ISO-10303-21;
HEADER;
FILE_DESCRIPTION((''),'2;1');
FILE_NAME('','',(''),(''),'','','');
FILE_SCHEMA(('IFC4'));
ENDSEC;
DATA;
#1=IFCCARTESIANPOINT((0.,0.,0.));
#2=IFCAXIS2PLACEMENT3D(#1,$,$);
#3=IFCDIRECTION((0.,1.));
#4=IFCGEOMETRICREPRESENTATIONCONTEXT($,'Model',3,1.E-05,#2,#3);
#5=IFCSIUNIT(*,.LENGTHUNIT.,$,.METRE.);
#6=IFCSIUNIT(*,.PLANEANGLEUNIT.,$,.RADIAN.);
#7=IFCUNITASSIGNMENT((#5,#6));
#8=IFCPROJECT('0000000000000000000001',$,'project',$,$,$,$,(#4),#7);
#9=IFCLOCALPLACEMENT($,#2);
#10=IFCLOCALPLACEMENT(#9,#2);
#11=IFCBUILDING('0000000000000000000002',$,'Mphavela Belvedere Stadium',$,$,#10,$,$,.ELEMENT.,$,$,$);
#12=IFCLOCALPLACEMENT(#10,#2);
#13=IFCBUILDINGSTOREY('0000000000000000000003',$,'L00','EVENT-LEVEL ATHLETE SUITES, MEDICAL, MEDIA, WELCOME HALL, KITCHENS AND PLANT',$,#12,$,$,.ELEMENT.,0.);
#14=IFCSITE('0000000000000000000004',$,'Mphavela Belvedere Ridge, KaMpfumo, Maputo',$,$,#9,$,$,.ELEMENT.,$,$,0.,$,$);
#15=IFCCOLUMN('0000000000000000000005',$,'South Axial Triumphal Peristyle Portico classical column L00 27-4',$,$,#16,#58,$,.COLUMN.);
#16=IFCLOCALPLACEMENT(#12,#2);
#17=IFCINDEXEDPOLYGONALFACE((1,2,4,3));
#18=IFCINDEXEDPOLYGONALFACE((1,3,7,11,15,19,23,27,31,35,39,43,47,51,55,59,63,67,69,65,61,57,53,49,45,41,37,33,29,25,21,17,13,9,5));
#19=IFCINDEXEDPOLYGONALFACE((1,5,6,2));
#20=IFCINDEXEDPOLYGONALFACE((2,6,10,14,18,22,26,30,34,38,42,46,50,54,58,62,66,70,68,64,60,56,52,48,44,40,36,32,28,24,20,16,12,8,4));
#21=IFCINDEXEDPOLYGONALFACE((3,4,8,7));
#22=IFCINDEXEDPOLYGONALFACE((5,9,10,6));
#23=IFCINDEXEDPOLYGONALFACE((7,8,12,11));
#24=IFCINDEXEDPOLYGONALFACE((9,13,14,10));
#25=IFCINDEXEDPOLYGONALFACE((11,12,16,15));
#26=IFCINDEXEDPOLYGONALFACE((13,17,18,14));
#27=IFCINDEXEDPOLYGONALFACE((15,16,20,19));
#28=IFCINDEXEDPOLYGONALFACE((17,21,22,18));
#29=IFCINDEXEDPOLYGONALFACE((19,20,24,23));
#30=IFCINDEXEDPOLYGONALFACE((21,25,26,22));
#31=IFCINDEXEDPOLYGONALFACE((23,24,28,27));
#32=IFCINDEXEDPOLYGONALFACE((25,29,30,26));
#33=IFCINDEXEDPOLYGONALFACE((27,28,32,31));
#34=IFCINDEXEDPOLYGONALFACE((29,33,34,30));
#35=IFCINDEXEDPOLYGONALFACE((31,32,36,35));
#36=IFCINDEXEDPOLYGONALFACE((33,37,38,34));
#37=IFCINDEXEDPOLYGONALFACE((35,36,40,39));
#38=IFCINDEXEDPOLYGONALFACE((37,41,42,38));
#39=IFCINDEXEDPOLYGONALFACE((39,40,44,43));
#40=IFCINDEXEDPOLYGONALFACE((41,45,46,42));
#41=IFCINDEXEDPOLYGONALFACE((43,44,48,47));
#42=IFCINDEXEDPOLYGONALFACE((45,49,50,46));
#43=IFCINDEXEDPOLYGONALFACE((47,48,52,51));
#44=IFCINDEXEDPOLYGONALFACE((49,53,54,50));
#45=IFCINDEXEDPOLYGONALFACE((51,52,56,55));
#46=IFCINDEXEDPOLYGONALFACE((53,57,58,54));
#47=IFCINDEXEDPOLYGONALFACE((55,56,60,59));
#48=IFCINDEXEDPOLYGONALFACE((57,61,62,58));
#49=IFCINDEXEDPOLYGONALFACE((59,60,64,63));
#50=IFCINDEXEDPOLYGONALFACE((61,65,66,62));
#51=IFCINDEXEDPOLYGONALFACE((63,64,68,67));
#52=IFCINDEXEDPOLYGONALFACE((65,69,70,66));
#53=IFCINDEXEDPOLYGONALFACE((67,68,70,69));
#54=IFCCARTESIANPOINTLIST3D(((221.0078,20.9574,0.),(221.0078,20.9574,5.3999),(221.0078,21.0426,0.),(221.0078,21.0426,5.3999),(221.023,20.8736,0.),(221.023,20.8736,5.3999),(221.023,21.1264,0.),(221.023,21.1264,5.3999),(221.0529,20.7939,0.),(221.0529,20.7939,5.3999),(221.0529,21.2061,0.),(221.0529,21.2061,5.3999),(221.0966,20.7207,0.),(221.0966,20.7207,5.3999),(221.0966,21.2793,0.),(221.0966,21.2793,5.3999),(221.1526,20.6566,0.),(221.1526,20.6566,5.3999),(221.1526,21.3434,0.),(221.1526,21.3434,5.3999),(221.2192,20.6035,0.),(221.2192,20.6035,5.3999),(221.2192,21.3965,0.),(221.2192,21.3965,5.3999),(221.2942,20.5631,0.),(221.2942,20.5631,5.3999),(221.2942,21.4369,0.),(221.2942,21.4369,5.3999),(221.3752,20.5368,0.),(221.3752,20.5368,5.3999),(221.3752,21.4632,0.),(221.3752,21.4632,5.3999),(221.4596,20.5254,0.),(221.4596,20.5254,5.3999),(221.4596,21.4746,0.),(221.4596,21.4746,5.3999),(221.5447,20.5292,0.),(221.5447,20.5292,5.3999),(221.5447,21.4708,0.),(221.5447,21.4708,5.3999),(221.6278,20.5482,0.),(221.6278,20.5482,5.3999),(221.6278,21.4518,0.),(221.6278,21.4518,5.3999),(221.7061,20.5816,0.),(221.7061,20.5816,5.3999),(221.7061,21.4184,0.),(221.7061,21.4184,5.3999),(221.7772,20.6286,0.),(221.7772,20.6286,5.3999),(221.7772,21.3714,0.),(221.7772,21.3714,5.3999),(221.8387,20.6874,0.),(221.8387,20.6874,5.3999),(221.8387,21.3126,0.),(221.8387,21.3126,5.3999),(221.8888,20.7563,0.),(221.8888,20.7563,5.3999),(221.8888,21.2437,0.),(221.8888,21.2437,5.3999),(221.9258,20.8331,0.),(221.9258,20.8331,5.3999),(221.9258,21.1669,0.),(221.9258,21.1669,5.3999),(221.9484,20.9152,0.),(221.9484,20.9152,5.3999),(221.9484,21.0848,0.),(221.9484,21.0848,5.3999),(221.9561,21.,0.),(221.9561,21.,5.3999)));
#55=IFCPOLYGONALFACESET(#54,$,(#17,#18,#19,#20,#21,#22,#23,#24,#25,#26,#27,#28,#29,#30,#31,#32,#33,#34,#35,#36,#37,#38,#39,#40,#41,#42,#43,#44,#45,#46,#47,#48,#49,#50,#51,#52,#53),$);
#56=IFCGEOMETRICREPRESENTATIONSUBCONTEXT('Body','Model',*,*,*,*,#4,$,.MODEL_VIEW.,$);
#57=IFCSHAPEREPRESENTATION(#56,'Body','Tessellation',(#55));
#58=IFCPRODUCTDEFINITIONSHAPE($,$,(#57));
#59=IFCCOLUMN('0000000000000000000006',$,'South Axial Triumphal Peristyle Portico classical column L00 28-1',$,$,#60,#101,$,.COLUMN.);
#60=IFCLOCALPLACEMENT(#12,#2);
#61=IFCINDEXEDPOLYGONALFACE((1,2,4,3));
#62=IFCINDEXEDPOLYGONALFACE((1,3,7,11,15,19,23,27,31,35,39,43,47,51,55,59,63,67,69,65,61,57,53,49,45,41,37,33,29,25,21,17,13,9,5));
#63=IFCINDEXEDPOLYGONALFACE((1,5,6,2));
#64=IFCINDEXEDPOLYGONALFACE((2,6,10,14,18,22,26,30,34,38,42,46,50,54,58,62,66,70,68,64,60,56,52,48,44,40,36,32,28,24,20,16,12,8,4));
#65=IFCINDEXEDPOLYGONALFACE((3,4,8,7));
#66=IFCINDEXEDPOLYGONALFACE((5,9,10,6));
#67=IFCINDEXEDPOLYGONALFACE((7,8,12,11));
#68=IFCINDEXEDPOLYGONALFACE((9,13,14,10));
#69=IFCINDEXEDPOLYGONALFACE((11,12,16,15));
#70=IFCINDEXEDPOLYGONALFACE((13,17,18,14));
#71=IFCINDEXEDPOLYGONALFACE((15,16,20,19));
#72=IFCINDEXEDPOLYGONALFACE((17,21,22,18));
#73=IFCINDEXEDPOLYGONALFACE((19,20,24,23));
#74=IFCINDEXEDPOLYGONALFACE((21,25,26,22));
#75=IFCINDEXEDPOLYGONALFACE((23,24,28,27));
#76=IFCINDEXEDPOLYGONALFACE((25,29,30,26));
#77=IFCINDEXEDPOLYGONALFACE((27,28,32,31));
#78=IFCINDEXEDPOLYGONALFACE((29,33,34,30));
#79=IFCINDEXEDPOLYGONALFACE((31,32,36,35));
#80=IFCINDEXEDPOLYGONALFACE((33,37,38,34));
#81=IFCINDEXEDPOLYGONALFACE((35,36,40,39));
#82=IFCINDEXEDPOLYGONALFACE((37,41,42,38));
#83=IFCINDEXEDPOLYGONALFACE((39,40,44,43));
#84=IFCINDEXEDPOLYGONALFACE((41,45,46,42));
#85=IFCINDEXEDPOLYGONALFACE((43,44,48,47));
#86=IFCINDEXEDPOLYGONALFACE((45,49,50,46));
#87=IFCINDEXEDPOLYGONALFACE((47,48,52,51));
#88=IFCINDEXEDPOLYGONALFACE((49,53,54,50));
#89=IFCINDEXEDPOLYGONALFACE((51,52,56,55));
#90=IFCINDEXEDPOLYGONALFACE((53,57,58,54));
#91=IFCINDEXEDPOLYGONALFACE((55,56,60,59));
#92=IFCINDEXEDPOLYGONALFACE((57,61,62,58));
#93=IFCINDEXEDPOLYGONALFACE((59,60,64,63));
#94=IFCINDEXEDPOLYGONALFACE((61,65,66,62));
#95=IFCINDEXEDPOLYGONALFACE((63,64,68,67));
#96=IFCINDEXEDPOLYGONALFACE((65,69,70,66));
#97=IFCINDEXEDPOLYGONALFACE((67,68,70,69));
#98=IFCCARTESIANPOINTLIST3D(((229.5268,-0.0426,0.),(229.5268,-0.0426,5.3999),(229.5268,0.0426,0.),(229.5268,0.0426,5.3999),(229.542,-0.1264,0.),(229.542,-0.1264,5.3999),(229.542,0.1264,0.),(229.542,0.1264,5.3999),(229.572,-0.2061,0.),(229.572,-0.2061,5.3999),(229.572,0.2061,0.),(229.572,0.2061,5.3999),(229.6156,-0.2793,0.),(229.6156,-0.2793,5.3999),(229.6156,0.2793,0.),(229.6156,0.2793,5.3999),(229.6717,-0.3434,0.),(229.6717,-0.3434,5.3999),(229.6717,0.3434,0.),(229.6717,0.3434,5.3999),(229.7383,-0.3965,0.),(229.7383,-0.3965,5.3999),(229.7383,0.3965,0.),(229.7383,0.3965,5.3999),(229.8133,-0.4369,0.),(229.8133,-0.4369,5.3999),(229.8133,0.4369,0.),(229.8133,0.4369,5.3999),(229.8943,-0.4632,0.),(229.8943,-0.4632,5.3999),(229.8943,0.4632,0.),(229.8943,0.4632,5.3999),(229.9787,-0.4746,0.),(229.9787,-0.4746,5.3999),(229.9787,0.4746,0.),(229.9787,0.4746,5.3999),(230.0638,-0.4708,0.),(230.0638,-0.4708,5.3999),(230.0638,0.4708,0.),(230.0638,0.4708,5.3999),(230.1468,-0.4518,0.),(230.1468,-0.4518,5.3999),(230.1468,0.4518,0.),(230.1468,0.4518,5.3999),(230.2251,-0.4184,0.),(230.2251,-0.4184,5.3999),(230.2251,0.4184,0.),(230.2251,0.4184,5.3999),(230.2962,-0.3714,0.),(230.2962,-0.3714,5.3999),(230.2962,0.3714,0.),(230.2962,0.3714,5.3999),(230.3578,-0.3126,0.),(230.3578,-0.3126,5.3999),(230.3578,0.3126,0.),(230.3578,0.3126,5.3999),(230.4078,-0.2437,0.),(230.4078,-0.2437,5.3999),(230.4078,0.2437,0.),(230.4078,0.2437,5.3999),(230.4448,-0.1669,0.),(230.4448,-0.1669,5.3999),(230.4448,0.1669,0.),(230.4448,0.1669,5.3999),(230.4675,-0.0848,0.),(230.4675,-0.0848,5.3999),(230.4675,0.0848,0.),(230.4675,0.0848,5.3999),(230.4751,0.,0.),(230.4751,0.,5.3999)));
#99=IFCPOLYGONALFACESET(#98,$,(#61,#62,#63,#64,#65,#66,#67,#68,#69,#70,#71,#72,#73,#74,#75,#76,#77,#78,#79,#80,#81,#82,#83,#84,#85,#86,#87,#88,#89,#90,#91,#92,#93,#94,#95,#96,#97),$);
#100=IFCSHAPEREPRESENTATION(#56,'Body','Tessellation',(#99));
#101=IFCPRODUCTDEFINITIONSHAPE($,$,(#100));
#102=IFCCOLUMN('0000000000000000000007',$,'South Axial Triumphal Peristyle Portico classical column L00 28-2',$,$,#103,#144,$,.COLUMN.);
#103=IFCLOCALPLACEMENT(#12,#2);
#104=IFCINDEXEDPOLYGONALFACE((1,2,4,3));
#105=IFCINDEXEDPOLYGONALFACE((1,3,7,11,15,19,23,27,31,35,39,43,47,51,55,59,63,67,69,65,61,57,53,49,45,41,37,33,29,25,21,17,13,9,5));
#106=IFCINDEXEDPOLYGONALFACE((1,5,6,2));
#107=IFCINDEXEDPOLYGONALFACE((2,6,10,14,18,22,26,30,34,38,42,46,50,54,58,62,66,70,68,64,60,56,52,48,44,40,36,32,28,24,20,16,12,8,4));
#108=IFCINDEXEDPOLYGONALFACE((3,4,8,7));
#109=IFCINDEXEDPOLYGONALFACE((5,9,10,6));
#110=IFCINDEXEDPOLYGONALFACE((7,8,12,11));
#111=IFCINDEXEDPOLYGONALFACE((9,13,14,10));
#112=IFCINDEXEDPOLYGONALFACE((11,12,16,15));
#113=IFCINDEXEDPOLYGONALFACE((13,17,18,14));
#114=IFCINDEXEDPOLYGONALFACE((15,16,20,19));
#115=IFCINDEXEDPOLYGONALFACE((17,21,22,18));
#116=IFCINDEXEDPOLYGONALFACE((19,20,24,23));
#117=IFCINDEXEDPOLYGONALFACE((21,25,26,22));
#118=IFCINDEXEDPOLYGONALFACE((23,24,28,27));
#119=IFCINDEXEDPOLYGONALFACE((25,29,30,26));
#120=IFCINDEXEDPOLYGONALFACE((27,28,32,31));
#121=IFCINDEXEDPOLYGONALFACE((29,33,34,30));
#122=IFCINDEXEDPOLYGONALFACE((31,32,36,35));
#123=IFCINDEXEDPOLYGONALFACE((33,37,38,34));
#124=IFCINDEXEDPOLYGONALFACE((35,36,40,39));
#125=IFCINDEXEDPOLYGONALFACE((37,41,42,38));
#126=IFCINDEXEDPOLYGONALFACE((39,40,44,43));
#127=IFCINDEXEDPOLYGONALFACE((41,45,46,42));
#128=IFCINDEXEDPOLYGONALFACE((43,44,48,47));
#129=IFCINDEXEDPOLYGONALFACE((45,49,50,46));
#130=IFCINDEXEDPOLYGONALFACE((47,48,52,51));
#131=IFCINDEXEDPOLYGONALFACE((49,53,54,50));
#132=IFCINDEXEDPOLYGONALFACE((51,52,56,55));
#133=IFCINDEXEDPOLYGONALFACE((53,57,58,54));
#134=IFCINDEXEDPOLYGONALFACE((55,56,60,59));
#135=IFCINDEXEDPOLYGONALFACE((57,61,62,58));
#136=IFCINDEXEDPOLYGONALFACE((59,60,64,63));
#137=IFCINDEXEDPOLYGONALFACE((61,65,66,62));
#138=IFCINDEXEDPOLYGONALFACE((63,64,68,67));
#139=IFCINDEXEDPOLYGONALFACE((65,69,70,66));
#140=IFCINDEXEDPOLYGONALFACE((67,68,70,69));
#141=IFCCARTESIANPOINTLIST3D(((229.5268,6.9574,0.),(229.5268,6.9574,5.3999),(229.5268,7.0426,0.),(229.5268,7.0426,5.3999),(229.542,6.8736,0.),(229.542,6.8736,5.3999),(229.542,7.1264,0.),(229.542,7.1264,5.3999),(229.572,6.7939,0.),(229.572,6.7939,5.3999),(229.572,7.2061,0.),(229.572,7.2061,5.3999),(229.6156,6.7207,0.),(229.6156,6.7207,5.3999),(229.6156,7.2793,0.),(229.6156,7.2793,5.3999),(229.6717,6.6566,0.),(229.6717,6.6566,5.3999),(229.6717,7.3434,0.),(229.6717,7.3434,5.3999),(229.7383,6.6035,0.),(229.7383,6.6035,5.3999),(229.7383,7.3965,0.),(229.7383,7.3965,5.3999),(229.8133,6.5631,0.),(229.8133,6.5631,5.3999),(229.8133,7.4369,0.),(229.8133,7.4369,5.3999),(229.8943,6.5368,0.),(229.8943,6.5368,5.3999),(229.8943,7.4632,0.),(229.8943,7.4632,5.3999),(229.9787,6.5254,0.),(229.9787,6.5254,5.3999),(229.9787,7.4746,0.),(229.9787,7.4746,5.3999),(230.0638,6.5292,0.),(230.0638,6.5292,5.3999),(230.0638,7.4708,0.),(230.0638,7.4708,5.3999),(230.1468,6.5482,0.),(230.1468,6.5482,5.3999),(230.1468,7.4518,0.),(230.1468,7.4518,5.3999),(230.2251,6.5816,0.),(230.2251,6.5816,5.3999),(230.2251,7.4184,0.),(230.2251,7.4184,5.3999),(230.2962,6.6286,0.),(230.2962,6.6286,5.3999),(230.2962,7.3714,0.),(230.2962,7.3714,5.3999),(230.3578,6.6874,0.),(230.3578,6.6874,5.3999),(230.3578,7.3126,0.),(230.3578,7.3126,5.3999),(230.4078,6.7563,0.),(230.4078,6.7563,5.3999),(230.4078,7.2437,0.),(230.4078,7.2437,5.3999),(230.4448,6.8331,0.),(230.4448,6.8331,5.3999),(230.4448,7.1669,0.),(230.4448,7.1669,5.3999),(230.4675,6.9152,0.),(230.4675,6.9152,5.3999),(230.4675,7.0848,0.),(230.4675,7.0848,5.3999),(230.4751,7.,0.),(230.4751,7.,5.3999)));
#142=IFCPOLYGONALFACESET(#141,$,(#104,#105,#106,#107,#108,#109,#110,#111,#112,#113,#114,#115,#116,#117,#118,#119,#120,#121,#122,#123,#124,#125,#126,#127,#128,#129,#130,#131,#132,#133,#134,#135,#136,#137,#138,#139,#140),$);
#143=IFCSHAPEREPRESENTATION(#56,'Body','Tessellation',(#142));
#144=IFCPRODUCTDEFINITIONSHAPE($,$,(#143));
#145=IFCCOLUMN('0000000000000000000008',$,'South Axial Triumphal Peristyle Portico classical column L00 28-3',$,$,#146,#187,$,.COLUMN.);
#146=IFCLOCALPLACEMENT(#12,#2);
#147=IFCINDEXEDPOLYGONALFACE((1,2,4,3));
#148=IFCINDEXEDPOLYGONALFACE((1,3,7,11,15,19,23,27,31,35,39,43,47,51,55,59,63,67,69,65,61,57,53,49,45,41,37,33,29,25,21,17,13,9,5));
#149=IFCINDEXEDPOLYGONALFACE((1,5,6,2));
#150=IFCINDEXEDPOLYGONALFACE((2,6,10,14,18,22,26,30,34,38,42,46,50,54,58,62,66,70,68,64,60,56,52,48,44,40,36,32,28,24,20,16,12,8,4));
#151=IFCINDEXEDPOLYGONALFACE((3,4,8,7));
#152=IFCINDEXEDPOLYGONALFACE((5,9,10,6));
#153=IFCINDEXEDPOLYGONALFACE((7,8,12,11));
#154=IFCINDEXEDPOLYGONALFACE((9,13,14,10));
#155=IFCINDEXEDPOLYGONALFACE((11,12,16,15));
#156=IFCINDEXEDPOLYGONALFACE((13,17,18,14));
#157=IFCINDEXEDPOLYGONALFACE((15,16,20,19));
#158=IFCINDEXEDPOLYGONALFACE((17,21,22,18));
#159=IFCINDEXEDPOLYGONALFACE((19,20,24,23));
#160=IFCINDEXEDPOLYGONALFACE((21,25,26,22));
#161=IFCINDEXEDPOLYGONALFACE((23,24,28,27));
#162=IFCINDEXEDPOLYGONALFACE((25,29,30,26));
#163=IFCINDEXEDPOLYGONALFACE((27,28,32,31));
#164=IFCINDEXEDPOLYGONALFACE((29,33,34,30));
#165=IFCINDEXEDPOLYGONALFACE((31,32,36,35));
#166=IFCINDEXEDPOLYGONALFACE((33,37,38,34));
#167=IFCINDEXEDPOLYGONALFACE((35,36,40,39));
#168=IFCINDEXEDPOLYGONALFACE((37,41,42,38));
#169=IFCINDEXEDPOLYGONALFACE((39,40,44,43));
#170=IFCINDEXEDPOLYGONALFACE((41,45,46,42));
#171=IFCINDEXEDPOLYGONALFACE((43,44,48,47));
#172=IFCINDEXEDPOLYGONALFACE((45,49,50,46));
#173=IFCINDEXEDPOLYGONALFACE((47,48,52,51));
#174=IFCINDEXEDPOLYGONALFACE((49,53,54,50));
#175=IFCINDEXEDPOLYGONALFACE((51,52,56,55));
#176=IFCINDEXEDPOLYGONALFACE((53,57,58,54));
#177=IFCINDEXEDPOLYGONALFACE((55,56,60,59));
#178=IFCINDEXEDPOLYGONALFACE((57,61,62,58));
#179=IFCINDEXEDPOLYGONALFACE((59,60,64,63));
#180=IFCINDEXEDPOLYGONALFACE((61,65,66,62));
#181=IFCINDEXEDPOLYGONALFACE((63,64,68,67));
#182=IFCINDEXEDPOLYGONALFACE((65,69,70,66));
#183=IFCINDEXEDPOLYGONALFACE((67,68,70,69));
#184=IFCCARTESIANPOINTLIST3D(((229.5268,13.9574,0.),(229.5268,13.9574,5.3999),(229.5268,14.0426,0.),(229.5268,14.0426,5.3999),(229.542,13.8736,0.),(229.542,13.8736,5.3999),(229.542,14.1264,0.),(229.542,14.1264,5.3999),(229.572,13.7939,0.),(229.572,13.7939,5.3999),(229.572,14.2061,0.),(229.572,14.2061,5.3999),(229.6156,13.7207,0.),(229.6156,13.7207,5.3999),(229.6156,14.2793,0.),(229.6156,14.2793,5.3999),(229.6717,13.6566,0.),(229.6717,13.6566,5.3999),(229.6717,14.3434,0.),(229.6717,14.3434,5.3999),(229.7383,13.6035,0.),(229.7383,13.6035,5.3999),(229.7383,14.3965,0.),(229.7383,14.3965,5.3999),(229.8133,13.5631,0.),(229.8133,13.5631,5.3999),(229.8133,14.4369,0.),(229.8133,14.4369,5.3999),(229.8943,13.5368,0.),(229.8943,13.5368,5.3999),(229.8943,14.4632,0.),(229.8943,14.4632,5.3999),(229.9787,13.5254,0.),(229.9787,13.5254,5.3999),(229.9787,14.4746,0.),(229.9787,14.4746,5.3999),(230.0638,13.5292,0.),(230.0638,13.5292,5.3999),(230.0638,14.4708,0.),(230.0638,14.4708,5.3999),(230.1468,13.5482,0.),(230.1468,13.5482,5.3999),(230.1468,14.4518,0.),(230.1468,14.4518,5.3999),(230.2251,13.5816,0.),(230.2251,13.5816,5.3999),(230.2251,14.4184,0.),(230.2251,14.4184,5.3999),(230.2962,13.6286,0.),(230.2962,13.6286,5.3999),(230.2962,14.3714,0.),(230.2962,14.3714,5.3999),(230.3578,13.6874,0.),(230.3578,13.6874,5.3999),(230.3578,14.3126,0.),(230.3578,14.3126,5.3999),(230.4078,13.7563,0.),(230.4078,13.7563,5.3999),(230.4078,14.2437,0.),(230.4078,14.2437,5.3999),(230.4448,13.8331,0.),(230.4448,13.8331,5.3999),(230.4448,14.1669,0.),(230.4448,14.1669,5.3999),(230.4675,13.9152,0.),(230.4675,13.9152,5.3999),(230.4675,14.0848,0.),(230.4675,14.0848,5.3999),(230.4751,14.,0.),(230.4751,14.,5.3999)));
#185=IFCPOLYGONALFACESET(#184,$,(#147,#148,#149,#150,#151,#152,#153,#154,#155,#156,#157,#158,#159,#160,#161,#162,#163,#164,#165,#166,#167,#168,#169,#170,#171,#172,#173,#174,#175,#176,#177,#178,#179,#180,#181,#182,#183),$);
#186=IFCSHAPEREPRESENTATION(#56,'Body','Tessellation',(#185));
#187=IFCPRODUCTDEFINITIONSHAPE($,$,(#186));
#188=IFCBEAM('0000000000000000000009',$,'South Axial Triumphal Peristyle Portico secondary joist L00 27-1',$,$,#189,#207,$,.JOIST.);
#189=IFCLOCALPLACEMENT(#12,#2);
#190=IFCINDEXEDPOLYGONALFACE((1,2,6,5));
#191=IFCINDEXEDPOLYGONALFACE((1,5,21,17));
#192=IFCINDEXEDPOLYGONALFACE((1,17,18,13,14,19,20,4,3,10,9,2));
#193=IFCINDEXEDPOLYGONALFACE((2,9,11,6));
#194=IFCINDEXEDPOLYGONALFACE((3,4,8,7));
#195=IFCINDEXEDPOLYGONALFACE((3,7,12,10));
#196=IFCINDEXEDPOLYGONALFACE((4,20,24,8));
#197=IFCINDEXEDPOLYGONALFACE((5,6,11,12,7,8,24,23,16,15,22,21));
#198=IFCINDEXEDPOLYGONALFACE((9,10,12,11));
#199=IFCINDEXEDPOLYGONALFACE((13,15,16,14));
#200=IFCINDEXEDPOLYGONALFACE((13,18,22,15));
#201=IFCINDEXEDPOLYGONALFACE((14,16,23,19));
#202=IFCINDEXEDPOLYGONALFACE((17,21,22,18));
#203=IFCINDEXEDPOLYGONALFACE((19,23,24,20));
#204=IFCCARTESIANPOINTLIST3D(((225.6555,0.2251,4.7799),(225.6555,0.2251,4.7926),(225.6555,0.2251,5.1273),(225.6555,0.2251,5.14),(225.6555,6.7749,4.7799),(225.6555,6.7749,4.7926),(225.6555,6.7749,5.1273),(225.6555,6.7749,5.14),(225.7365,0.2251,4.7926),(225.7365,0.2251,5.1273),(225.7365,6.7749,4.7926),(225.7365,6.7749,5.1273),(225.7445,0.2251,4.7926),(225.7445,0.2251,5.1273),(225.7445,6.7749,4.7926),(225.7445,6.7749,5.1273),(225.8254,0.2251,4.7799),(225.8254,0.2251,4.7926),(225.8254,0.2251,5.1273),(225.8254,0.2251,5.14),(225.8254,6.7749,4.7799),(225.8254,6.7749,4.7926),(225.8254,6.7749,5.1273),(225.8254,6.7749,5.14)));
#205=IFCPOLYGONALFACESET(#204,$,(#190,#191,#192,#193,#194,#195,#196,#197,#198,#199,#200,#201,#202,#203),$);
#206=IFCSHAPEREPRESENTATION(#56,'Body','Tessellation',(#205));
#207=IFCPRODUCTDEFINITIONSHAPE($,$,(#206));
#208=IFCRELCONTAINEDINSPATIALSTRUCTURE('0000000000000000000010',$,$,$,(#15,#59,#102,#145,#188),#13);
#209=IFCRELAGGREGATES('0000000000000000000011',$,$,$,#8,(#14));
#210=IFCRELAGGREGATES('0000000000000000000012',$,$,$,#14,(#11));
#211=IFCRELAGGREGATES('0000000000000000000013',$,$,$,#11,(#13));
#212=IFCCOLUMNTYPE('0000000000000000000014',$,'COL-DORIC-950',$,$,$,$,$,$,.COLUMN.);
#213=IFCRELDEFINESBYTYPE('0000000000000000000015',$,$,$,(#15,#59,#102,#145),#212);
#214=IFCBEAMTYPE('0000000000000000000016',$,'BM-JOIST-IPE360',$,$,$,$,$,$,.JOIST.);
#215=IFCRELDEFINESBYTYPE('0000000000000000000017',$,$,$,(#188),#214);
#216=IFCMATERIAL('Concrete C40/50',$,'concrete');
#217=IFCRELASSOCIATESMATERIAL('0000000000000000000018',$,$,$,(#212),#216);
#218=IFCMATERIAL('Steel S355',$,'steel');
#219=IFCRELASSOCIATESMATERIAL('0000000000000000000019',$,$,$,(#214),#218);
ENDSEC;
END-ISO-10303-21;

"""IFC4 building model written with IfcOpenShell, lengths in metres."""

from ifc_helpers import new_model, si_unit, direction, frame, origin, origin_2d, place, context, subcontext, project, spatial, circle, i_section, extrude, material, material_profile, profile_set, type_object, element, save


model = new_model("IFC4")

# Units and contexts
model_context = context("Model", 3, precision=1e-05, world=origin(), true_north=direction((0.0, 1.0)))
body_context = subcontext(model_context, "Body", "Model", "MODEL_VIEW")
ifc_project = project(units=[si_unit("LENGTHUNIT", "METRE"), si_unit("PLANEANGLEUNIT", "RADIAN")], contexts=[model_context])

# Site, building, storey
site_placement = place(None, origin())
site = spatial("IfcSite", under=ifc_project, at=site_placement, Name="Mphavela Belvedere Ridge, KaMpfumo, Maputo", CompositionType="ELEMENT", RefElevation=0.0)
building_placement = place(site_placement, origin())
building = spatial("IfcBuilding", under=site, at=building_placement, Name="Mphavela Belvedere Stadium", CompositionType="ELEMENT")
storey_placement = place(building_placement, origin())
storey = spatial("IfcBuildingStorey", under=building, at=storey_placement, Name="L00", Description="EVENT-LEVEL ATHLETE SUITES, MEDICAL, MEDIA, WELCOME HALL, KITCHENS AND PLANT", CompositionType="ELEMENT", Elevation=0.0)

# Columns
ifc_material_1 = material(Name="Concrete C40/50", Category="concrete")
ifc_material_profile_1 = material_profile(ifc_material_1, circle(Radius=0.4751, at=origin_2d()), Name="COL D950")
ifc_profile_set_1 = profile_set([ifc_material_profile_1], Name="Concrete C40/50")
column_type = type_object("IfcColumnType", Name="COL-DORIC-950", PredefinedType="COLUMN", material=ifc_profile_set_1)
for number, where, z_axis, x_axis, name in (
    (1, (221.481, 21.0, 0.0), (0.0, 0.0, 1.0), (1.0, 0.0, 0.0), "South Axial Triumphal Peristyle Portico classical column L00 27-4"),
    (2, (230.0, 0.0, 0.0), (0.0, 0.0, 1.0), (1.0, 0.0, 0.0), "South Axial Triumphal Peristyle Portico classical column L00 28-1"),
    (3, (230.0, 7.0, 0.0), (0.0, 0.0, 1.0), (1.0, 0.0, 0.0), "South Axial Triumphal Peristyle Portico classical column L00 28-2"),
    (4, (230.0, 14.0, 0.0), (0.0, 0.0, 1.0), (1.0, 0.0, 0.0), "South Axial Triumphal Peristyle Portico classical column L00 28-3"),
):
    element("IfcColumn", number, at=place(storey_placement, frame(where, z_axis=z_axis, x_axis=x_axis)), inside=storey, type_object=column_type, Name=name, PredefinedType="COLUMN", context=body_context, shape_type="SweptSolid", body=[
        extrude(circle(Radius=0.4751, at=origin_2d()), origin(), (0.0, 0.0, 1.0), 5.3999),
    ])

# Beam
ifc_material_2 = material(Name="Steel S355", Category="steel")
ifc_material_profile_2 = material_profile(ifc_material_2, i_section(OverallWidth=0.1699, OverallDepth=0.3601, WebThickness=0.0081, FlangeThickness=0.0127, at=origin_2d()), Name="IPE 360")
ifc_profile_set_2 = profile_set([ifc_material_profile_2], Name="Steel S355")
beam_type_1 = type_object("IfcBeamType", Name="BM-JOIST-IPE360", PredefinedType="JOIST", material=ifc_profile_set_2)
for number, where, z_axis, x_axis, name in (
    (5, (225.7405, 0.2251, 4.96), (0.0, 1.0, 0.0), (-1.0, 0.0, 0.0), "South Axial Triumphal Peristyle Portico secondary joist L00 27-1"),
):
    element("IfcBeam", number, at=place(storey_placement, frame(where, z_axis=z_axis, x_axis=x_axis)), inside=storey, type_object=beam_type_1, Name=name, PredefinedType="JOIST", context=body_context, shape_type="SweptSolid", body=[
        extrude(i_section(OverallWidth=0.1699, OverallDepth=0.3601, WebThickness=0.0081, FlangeThickness=0.0127, at=origin_2d()), origin(), (0.0, 0.0, 1.0), 6.5498),
    ])

save(model, "model.ifc")
